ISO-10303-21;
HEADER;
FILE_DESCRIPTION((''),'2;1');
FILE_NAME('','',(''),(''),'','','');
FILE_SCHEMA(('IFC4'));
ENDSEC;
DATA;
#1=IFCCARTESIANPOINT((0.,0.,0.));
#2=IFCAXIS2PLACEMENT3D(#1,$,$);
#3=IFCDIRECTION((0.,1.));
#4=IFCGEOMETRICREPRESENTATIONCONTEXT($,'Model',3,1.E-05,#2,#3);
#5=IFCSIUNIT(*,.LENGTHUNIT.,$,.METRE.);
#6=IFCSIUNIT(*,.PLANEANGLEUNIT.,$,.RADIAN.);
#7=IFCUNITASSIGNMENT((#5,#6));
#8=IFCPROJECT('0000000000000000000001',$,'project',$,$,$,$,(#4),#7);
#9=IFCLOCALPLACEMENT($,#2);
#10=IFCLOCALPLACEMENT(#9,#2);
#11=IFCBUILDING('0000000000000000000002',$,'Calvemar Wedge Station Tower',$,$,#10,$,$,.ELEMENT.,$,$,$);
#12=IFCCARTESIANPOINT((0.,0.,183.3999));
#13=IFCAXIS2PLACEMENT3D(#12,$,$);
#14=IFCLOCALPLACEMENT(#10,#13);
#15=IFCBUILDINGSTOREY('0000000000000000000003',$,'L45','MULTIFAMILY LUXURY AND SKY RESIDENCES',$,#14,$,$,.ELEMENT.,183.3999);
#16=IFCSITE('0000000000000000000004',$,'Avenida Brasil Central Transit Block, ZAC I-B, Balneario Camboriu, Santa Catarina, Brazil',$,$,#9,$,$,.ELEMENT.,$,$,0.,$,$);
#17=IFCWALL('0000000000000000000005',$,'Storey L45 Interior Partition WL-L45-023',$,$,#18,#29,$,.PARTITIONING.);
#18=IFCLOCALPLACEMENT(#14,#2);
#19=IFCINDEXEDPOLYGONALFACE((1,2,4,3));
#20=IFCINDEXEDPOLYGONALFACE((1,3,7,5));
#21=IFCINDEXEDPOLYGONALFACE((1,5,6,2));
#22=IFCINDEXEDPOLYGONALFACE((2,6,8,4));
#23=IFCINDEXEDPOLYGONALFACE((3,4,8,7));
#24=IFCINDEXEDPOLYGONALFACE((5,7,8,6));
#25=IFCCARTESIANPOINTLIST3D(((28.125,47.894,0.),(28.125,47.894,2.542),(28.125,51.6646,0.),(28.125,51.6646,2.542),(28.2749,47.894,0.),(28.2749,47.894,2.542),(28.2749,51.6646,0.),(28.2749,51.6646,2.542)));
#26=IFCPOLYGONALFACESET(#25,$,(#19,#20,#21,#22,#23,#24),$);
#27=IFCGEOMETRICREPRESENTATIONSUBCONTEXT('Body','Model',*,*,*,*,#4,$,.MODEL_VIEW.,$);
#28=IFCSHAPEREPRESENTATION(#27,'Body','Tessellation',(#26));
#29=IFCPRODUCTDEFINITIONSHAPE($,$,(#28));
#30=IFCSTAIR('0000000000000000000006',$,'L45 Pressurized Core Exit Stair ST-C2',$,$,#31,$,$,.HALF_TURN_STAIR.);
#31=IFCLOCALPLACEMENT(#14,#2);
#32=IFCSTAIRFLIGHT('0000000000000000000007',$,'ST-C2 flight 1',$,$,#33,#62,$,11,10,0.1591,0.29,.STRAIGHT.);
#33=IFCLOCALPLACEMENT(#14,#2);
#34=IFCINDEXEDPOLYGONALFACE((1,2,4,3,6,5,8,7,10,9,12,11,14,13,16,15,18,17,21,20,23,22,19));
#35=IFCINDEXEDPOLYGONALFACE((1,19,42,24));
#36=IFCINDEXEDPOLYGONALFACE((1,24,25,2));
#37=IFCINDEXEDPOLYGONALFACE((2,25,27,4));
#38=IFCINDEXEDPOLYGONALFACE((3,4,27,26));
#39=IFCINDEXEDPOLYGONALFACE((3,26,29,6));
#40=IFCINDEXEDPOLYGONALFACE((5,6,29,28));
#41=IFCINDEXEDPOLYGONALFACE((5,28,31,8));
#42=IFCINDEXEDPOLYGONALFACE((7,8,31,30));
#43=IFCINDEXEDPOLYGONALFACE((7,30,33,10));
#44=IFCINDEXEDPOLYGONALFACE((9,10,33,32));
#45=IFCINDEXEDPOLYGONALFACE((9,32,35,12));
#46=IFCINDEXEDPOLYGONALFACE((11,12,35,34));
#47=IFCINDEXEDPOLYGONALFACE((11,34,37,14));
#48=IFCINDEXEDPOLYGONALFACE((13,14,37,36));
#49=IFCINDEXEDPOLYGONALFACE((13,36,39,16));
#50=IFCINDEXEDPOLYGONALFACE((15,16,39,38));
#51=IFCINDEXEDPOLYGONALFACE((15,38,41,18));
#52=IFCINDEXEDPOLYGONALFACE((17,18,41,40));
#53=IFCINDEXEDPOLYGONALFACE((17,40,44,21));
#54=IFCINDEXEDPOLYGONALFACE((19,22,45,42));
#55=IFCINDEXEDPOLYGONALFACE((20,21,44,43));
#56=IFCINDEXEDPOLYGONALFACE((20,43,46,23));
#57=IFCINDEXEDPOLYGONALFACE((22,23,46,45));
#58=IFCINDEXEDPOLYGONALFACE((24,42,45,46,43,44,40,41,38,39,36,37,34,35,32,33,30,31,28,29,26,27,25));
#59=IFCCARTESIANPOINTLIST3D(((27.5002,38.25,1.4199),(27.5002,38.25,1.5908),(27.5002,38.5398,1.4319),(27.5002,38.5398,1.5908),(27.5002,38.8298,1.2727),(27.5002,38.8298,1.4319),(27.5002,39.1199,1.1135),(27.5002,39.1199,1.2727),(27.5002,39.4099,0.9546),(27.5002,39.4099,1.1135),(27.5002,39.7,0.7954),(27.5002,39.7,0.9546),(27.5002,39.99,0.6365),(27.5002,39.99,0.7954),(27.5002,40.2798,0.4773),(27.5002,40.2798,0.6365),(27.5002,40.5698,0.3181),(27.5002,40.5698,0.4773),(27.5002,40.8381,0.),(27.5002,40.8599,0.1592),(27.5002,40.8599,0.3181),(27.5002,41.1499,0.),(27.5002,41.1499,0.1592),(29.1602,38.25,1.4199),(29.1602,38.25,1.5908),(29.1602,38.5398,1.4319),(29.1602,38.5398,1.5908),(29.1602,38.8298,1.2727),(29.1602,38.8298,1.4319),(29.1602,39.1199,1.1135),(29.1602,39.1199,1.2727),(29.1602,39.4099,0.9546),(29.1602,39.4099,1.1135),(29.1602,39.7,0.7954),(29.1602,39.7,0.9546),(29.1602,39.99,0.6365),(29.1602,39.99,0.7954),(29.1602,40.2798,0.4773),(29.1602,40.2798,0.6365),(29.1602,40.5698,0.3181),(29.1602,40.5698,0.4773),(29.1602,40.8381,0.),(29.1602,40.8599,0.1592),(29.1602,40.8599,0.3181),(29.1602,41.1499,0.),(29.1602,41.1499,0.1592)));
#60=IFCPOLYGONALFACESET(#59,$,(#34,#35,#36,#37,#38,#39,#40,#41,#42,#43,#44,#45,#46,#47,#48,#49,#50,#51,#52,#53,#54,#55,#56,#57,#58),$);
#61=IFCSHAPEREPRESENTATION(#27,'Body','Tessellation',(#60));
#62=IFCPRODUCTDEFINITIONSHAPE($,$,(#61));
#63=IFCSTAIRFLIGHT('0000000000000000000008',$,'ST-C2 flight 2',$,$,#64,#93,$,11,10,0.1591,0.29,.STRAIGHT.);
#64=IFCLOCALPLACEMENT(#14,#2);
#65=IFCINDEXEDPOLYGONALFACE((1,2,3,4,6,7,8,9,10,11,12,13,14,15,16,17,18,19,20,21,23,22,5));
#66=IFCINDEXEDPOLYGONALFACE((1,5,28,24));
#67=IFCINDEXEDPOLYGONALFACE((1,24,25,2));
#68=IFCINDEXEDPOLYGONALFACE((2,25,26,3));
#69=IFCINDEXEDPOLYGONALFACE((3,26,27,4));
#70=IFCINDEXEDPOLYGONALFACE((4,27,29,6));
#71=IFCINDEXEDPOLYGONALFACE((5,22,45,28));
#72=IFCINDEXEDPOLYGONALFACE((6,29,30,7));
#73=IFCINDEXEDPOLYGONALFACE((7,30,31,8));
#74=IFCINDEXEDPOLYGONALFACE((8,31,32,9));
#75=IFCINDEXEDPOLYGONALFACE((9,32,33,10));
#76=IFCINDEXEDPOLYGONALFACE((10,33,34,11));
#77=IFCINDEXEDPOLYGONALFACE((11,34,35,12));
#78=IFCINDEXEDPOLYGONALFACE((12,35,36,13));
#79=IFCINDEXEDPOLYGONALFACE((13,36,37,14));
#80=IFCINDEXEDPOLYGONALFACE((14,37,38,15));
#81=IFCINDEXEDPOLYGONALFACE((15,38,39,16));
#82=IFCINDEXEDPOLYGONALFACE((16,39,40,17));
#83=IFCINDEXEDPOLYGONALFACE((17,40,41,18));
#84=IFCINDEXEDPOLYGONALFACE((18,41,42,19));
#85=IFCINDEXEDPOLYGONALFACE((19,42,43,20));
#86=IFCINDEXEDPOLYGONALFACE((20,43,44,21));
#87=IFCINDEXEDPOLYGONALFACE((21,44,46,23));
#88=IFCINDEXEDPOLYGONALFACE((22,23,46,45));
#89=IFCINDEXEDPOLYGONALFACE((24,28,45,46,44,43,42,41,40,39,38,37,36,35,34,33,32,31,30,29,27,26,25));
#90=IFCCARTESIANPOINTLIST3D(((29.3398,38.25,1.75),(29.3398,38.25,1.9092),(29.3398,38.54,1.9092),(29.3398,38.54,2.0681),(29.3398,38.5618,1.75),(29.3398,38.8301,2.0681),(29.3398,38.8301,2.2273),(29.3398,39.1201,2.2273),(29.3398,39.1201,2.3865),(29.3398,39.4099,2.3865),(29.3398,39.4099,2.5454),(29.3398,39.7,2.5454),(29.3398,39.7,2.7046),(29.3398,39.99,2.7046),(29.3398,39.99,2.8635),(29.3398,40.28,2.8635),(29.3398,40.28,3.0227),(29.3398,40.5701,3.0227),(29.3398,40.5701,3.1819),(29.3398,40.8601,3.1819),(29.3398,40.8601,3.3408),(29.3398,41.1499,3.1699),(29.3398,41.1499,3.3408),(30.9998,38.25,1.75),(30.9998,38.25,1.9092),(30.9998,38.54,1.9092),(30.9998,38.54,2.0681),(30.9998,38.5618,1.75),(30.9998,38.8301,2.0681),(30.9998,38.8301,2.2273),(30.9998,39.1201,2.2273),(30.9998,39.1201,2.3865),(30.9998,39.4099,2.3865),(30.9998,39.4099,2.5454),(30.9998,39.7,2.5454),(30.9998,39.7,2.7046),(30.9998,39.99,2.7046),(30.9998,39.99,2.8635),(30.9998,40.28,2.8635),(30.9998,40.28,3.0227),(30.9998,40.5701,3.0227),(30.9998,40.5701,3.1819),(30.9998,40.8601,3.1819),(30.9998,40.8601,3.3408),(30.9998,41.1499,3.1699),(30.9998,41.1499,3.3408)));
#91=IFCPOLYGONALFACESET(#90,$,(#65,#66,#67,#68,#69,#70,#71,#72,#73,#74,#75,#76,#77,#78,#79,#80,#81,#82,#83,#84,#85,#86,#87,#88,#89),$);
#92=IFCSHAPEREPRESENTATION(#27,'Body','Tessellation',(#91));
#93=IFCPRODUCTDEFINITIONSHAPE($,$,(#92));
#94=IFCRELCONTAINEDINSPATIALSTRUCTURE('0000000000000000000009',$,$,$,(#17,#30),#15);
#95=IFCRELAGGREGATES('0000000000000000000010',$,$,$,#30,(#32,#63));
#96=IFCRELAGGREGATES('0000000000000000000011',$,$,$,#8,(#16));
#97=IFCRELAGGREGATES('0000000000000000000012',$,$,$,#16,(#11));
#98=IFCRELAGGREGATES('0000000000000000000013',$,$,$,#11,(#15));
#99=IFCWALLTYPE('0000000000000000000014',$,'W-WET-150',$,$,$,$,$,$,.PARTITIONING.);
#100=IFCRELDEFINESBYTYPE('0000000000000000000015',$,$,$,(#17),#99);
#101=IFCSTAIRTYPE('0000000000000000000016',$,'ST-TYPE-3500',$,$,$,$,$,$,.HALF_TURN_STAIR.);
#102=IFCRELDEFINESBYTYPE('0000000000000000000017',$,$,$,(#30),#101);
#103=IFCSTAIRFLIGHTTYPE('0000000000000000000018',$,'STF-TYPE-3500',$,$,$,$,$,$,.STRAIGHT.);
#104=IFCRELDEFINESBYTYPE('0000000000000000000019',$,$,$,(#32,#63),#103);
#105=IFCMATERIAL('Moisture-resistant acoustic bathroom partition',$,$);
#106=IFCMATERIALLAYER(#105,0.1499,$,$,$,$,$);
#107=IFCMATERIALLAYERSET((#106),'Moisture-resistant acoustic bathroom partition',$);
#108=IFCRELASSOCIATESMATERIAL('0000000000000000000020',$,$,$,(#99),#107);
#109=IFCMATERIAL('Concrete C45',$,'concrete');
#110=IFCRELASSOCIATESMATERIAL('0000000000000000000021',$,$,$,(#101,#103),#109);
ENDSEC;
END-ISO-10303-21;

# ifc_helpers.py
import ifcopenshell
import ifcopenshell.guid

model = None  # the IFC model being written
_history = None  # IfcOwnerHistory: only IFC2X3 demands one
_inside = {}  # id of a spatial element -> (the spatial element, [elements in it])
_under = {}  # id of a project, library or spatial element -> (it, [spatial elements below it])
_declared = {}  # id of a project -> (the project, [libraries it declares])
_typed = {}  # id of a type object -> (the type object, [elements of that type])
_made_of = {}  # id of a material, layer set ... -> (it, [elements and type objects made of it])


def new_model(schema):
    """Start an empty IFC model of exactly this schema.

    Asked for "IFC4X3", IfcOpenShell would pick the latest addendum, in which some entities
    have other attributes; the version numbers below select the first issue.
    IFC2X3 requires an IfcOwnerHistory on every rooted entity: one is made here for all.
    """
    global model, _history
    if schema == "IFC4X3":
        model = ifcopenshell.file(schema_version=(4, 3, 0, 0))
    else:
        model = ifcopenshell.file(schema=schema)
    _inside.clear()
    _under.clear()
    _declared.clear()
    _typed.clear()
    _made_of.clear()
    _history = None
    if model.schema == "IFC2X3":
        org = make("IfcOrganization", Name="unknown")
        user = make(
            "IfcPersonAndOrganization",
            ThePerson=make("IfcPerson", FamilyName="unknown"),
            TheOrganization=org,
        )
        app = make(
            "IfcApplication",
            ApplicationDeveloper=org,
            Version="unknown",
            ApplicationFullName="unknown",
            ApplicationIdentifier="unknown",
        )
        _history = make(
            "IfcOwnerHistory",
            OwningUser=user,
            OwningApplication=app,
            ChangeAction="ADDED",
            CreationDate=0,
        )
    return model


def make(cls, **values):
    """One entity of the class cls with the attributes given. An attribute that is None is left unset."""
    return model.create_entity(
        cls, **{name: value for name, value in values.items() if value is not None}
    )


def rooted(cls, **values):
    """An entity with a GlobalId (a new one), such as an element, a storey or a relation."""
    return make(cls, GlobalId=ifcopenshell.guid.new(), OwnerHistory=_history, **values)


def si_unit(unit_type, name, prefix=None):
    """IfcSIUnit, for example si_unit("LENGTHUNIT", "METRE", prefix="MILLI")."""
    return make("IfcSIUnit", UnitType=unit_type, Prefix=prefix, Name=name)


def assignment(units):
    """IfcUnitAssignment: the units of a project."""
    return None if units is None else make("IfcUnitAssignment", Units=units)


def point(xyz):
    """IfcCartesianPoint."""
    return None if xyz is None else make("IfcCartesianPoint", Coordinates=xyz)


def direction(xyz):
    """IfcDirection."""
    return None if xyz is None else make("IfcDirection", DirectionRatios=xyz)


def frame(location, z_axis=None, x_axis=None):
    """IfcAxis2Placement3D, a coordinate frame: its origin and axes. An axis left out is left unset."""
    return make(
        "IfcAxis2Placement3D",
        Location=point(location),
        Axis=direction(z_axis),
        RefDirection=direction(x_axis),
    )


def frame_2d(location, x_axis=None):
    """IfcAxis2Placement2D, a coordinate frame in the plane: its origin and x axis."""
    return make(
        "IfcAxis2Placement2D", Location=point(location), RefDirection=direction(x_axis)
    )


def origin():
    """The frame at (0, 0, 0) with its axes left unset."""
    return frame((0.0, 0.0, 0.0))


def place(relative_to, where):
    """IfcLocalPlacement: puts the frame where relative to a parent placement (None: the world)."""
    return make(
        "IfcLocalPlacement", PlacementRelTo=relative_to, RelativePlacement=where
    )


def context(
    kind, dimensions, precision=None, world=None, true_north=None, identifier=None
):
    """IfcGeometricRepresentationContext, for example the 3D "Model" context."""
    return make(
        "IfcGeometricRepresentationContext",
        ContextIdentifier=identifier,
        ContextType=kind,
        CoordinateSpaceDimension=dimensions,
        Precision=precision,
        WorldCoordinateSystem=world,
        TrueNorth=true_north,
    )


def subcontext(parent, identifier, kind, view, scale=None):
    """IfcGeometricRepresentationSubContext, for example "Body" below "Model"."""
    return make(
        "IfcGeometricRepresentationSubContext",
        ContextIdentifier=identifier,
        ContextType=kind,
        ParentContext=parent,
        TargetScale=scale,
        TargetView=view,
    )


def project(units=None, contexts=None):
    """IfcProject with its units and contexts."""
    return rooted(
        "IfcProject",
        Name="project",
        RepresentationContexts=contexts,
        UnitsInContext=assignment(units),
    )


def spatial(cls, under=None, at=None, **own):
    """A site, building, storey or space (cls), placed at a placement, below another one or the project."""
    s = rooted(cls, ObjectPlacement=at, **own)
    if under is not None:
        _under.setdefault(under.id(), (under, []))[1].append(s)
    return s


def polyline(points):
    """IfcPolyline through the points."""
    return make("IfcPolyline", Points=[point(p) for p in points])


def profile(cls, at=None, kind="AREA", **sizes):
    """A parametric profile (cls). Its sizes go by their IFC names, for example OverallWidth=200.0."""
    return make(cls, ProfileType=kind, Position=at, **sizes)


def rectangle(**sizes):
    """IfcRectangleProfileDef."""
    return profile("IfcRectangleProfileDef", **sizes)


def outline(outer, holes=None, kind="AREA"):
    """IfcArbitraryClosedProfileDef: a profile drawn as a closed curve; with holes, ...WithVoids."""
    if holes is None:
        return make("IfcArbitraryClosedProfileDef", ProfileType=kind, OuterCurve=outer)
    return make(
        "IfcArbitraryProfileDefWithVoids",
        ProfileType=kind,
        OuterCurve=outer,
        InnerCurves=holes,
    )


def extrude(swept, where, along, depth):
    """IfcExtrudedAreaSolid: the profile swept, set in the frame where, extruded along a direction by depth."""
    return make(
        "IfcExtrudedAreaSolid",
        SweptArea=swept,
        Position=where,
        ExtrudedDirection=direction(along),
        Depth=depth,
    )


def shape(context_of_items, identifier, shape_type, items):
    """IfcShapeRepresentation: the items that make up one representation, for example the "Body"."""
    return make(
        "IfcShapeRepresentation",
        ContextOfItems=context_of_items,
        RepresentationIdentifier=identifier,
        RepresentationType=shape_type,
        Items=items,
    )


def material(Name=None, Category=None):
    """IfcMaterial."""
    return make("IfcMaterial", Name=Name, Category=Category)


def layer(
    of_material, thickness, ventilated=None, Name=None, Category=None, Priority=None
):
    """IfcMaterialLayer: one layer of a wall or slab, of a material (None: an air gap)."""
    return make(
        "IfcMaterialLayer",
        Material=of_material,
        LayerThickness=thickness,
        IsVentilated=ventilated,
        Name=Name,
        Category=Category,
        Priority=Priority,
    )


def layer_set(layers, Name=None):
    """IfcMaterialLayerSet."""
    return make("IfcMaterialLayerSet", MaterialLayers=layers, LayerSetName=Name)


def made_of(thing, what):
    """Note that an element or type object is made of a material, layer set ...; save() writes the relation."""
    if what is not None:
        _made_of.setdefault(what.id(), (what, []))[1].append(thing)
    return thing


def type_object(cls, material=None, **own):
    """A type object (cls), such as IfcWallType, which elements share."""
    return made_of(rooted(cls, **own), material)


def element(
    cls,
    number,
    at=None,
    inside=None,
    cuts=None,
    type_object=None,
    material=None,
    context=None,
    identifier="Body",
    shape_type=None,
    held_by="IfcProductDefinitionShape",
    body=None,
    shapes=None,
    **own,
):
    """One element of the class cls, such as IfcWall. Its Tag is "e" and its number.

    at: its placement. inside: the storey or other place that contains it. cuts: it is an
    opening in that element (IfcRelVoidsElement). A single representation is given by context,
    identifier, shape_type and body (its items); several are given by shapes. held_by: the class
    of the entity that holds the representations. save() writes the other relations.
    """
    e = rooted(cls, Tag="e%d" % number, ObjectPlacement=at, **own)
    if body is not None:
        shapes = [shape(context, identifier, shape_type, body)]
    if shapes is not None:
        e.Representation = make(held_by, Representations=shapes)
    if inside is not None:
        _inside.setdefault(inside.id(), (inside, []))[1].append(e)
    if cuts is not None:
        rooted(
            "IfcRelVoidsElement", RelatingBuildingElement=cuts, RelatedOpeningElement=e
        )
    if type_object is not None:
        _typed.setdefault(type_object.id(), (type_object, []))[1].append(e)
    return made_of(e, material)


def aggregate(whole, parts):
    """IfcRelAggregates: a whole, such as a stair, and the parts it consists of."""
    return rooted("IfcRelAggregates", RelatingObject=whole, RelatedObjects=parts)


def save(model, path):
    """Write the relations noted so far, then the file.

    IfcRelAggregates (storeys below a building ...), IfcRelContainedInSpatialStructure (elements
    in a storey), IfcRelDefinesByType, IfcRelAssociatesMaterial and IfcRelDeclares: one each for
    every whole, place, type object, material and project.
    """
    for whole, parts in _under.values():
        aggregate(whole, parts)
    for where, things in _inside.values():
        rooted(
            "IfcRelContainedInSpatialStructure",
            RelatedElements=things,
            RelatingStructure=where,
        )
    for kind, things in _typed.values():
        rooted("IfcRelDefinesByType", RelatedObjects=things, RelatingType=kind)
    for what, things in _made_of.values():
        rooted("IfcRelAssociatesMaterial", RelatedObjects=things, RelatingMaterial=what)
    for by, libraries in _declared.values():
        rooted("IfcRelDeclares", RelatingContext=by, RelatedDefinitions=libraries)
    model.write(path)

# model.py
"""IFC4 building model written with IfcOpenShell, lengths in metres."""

from ifc_helpers import new_model, si_unit, direction, frame, frame_2d, origin, place, context, subcontext, project, spatial, polyline, rectangle, outline, extrude, material, layer, layer_set, type_object, element, aggregate, save


model = new_model("IFC4")

# Units and contexts
model_context = context("Model", 3, precision=1e-05, world=origin(), true_north=direction((0.0, 1.0)))
body_context = subcontext(model_context, "Body", "Model", "MODEL_VIEW")
ifc_project = project(units=[si_unit("LENGTHUNIT", "METRE"), si_unit("PLANEANGLEUNIT", "RADIAN")], contexts=[model_context])

# Site, building, storey
site_placement = place(None, origin())
site = spatial("IfcSite", under=ifc_project, at=site_placement, Name="Avenida Brasil Central Transit Block, ZAC I-B, Balneario Camboriu, Santa Catarina, Brazil", CompositionType="ELEMENT", RefElevation=0.0)
building_placement = place(site_placement, origin())
building = spatial("IfcBuilding", under=site, at=building_placement, Name="Calvemar Wedge Station Tower", CompositionType="ELEMENT")
storey_placement = place(building_placement, frame((0.0, 0.0, 183.3999)))
storey = spatial("IfcBuildingStorey", under=building, at=storey_placement, Name="L45", Description="MULTIFAMILY LUXURY AND SKY RESIDENCES", CompositionType="ELEMENT", Elevation=183.3999)

# Wall
ifc_material_1 = material(Name="Moisture-resistant acoustic bathroom partition")
ifc_layer_1 = layer(ifc_material_1, 0.1499)
ifc_layer_set_1 = layer_set([ifc_layer_1], Name="Moisture-resistant acoustic bathroom partition")
wall_type_1 = type_object("IfcWallType", Name="W-WET-150", PredefinedType="PARTITIONING", material=ifc_layer_set_1)
wall_1_placement = place(storey_placement, frame((28.2, 51.6646, 0.0), z_axis=(0.0, 0.0, 1.0), x_axis=(0.0, -1.0, 0.0)))
element("IfcWall", 1, at=wall_1_placement, inside=storey, type_object=wall_type_1, Name="Storey L45 Interior Partition WL-L45-023", PredefinedType="PARTITIONING", context=body_context, shape_type="SweptSolid", body=[
    extrude(rectangle(XDim=3.7705, YDim=0.1499, at=frame_2d((1.8853, 0.0))), origin(), (0.0, 0.0, 1.0), 2.542),
])

# Stair, stair flights
ifc_material_2 = material(Name="Concrete C45", Category="concrete")
stair_type = type_object("IfcStairType", Name="ST-TYPE-3500", PredefinedType="HALF_TURN_STAIR", material=ifc_material_2)
stair_placement = place(storey_placement, origin())
stair = element("IfcStair", 2, at=stair_placement, inside=storey, type_object=stair_type, Name="L45 Pressurized Core Exit Stair ST-C2", PredefinedType="HALF_TURN_STAIR")
stair_flight_type = type_object("IfcStairFlightType", Name="STF-TYPE-3500", PredefinedType="STRAIGHT", material=ifc_material_2)
stair_flight_1_placement = place(storey_placement, frame((28.3301, 41.1499, 0.0), z_axis=(0.0, 0.0, 1.0), x_axis=(0.0, -1.0, 0.0)))
stair_flight_1 = element("IfcStairFlight", 3, at=stair_flight_1_placement, type_object=stair_flight_type, Name="ST-C2 flight 1", NumberOfRisers=11, NumberOfTreads=10, PredefinedType="STRAIGHT", RiserHeight=0.1591, TreadLength=0.29, context=body_context, shape_type="SweptSolid", body=[
    extrude(outline(polyline([(0.0, 0.0), (0.0, 0.1592), (0.29, 0.1592), (0.29, 0.3181), (0.5801, 0.3181), (0.5801, 0.4773), (0.8701, 0.4773), (0.8701, 0.6365), (1.1599, 0.6365), (1.1599, 0.7954), (1.45, 0.7954), (1.45, 0.9546), (1.74, 0.9546), (1.74, 1.1135), (2.03, 1.1135), (2.03, 1.2727), (2.3201, 1.2727), (2.3201, 1.4319), (2.6101, 1.4319), (2.6101, 1.5908), (2.8999, 1.5908), (2.8999, 1.75), (2.8999, 1.4199), (0.3118, 0.0), (0.0, 0.0)])), frame((0.0, 0.8301, 0.0), z_axis=(0.0, -1.0, 0.0), x_axis=(1.0, 0.0, 0.0)), (0.0, 0.0, 1.0), 1.6599),
])
stair_flight_2_placement = place(storey_placement, frame((30.1699, 38.25, 1.75), z_axis=(0.0, 0.0, 1.0), x_axis=(0.0, 1.0, 0.0)))
stair_flight_2 = element("IfcStairFlight", 4, at=stair_flight_2_placement, type_object=stair_flight_type, Name="ST-C2 flight 2", NumberOfRisers=11, NumberOfTreads=10, PredefinedType="STRAIGHT", RiserHeight=0.1591, TreadLength=0.29, context=body_context, shape_type="SweptSolid", body=[
    extrude(outline(polyline([(0.0, 0.0), (0.0, 0.1592), (0.29, 0.1592), (0.29, 0.3181), (0.5801, 0.3181), (0.5801, 0.4773), (0.8701, 0.4773), (0.8701, 0.6365), (1.1599, 0.6365), (1.1599, 0.7954), (1.45, 0.7954), (1.45, 0.9546), (1.74, 0.9546), (1.74, 1.1135), (2.03, 1.1135), (2.03, 1.2727), (2.3201, 1.2727), (2.3201, 1.4319), (2.6101, 1.4319), (2.6101, 1.5908), (2.8999, 1.5908), (2.8999, 1.75), (2.8999, 1.4199), (0.3118, 0.0), (0.0, 0.0)])), frame((0.0, 0.8301, 0.0), z_axis=(0.0, -1.0, 0.0), x_axis=(1.0, 0.0, 0.0)), (0.0, 0.0, 1.0), 1.6599),
])
aggregate(stair, [stair_flight_1, stair_flight_2])

save(model, "model.ifc")
